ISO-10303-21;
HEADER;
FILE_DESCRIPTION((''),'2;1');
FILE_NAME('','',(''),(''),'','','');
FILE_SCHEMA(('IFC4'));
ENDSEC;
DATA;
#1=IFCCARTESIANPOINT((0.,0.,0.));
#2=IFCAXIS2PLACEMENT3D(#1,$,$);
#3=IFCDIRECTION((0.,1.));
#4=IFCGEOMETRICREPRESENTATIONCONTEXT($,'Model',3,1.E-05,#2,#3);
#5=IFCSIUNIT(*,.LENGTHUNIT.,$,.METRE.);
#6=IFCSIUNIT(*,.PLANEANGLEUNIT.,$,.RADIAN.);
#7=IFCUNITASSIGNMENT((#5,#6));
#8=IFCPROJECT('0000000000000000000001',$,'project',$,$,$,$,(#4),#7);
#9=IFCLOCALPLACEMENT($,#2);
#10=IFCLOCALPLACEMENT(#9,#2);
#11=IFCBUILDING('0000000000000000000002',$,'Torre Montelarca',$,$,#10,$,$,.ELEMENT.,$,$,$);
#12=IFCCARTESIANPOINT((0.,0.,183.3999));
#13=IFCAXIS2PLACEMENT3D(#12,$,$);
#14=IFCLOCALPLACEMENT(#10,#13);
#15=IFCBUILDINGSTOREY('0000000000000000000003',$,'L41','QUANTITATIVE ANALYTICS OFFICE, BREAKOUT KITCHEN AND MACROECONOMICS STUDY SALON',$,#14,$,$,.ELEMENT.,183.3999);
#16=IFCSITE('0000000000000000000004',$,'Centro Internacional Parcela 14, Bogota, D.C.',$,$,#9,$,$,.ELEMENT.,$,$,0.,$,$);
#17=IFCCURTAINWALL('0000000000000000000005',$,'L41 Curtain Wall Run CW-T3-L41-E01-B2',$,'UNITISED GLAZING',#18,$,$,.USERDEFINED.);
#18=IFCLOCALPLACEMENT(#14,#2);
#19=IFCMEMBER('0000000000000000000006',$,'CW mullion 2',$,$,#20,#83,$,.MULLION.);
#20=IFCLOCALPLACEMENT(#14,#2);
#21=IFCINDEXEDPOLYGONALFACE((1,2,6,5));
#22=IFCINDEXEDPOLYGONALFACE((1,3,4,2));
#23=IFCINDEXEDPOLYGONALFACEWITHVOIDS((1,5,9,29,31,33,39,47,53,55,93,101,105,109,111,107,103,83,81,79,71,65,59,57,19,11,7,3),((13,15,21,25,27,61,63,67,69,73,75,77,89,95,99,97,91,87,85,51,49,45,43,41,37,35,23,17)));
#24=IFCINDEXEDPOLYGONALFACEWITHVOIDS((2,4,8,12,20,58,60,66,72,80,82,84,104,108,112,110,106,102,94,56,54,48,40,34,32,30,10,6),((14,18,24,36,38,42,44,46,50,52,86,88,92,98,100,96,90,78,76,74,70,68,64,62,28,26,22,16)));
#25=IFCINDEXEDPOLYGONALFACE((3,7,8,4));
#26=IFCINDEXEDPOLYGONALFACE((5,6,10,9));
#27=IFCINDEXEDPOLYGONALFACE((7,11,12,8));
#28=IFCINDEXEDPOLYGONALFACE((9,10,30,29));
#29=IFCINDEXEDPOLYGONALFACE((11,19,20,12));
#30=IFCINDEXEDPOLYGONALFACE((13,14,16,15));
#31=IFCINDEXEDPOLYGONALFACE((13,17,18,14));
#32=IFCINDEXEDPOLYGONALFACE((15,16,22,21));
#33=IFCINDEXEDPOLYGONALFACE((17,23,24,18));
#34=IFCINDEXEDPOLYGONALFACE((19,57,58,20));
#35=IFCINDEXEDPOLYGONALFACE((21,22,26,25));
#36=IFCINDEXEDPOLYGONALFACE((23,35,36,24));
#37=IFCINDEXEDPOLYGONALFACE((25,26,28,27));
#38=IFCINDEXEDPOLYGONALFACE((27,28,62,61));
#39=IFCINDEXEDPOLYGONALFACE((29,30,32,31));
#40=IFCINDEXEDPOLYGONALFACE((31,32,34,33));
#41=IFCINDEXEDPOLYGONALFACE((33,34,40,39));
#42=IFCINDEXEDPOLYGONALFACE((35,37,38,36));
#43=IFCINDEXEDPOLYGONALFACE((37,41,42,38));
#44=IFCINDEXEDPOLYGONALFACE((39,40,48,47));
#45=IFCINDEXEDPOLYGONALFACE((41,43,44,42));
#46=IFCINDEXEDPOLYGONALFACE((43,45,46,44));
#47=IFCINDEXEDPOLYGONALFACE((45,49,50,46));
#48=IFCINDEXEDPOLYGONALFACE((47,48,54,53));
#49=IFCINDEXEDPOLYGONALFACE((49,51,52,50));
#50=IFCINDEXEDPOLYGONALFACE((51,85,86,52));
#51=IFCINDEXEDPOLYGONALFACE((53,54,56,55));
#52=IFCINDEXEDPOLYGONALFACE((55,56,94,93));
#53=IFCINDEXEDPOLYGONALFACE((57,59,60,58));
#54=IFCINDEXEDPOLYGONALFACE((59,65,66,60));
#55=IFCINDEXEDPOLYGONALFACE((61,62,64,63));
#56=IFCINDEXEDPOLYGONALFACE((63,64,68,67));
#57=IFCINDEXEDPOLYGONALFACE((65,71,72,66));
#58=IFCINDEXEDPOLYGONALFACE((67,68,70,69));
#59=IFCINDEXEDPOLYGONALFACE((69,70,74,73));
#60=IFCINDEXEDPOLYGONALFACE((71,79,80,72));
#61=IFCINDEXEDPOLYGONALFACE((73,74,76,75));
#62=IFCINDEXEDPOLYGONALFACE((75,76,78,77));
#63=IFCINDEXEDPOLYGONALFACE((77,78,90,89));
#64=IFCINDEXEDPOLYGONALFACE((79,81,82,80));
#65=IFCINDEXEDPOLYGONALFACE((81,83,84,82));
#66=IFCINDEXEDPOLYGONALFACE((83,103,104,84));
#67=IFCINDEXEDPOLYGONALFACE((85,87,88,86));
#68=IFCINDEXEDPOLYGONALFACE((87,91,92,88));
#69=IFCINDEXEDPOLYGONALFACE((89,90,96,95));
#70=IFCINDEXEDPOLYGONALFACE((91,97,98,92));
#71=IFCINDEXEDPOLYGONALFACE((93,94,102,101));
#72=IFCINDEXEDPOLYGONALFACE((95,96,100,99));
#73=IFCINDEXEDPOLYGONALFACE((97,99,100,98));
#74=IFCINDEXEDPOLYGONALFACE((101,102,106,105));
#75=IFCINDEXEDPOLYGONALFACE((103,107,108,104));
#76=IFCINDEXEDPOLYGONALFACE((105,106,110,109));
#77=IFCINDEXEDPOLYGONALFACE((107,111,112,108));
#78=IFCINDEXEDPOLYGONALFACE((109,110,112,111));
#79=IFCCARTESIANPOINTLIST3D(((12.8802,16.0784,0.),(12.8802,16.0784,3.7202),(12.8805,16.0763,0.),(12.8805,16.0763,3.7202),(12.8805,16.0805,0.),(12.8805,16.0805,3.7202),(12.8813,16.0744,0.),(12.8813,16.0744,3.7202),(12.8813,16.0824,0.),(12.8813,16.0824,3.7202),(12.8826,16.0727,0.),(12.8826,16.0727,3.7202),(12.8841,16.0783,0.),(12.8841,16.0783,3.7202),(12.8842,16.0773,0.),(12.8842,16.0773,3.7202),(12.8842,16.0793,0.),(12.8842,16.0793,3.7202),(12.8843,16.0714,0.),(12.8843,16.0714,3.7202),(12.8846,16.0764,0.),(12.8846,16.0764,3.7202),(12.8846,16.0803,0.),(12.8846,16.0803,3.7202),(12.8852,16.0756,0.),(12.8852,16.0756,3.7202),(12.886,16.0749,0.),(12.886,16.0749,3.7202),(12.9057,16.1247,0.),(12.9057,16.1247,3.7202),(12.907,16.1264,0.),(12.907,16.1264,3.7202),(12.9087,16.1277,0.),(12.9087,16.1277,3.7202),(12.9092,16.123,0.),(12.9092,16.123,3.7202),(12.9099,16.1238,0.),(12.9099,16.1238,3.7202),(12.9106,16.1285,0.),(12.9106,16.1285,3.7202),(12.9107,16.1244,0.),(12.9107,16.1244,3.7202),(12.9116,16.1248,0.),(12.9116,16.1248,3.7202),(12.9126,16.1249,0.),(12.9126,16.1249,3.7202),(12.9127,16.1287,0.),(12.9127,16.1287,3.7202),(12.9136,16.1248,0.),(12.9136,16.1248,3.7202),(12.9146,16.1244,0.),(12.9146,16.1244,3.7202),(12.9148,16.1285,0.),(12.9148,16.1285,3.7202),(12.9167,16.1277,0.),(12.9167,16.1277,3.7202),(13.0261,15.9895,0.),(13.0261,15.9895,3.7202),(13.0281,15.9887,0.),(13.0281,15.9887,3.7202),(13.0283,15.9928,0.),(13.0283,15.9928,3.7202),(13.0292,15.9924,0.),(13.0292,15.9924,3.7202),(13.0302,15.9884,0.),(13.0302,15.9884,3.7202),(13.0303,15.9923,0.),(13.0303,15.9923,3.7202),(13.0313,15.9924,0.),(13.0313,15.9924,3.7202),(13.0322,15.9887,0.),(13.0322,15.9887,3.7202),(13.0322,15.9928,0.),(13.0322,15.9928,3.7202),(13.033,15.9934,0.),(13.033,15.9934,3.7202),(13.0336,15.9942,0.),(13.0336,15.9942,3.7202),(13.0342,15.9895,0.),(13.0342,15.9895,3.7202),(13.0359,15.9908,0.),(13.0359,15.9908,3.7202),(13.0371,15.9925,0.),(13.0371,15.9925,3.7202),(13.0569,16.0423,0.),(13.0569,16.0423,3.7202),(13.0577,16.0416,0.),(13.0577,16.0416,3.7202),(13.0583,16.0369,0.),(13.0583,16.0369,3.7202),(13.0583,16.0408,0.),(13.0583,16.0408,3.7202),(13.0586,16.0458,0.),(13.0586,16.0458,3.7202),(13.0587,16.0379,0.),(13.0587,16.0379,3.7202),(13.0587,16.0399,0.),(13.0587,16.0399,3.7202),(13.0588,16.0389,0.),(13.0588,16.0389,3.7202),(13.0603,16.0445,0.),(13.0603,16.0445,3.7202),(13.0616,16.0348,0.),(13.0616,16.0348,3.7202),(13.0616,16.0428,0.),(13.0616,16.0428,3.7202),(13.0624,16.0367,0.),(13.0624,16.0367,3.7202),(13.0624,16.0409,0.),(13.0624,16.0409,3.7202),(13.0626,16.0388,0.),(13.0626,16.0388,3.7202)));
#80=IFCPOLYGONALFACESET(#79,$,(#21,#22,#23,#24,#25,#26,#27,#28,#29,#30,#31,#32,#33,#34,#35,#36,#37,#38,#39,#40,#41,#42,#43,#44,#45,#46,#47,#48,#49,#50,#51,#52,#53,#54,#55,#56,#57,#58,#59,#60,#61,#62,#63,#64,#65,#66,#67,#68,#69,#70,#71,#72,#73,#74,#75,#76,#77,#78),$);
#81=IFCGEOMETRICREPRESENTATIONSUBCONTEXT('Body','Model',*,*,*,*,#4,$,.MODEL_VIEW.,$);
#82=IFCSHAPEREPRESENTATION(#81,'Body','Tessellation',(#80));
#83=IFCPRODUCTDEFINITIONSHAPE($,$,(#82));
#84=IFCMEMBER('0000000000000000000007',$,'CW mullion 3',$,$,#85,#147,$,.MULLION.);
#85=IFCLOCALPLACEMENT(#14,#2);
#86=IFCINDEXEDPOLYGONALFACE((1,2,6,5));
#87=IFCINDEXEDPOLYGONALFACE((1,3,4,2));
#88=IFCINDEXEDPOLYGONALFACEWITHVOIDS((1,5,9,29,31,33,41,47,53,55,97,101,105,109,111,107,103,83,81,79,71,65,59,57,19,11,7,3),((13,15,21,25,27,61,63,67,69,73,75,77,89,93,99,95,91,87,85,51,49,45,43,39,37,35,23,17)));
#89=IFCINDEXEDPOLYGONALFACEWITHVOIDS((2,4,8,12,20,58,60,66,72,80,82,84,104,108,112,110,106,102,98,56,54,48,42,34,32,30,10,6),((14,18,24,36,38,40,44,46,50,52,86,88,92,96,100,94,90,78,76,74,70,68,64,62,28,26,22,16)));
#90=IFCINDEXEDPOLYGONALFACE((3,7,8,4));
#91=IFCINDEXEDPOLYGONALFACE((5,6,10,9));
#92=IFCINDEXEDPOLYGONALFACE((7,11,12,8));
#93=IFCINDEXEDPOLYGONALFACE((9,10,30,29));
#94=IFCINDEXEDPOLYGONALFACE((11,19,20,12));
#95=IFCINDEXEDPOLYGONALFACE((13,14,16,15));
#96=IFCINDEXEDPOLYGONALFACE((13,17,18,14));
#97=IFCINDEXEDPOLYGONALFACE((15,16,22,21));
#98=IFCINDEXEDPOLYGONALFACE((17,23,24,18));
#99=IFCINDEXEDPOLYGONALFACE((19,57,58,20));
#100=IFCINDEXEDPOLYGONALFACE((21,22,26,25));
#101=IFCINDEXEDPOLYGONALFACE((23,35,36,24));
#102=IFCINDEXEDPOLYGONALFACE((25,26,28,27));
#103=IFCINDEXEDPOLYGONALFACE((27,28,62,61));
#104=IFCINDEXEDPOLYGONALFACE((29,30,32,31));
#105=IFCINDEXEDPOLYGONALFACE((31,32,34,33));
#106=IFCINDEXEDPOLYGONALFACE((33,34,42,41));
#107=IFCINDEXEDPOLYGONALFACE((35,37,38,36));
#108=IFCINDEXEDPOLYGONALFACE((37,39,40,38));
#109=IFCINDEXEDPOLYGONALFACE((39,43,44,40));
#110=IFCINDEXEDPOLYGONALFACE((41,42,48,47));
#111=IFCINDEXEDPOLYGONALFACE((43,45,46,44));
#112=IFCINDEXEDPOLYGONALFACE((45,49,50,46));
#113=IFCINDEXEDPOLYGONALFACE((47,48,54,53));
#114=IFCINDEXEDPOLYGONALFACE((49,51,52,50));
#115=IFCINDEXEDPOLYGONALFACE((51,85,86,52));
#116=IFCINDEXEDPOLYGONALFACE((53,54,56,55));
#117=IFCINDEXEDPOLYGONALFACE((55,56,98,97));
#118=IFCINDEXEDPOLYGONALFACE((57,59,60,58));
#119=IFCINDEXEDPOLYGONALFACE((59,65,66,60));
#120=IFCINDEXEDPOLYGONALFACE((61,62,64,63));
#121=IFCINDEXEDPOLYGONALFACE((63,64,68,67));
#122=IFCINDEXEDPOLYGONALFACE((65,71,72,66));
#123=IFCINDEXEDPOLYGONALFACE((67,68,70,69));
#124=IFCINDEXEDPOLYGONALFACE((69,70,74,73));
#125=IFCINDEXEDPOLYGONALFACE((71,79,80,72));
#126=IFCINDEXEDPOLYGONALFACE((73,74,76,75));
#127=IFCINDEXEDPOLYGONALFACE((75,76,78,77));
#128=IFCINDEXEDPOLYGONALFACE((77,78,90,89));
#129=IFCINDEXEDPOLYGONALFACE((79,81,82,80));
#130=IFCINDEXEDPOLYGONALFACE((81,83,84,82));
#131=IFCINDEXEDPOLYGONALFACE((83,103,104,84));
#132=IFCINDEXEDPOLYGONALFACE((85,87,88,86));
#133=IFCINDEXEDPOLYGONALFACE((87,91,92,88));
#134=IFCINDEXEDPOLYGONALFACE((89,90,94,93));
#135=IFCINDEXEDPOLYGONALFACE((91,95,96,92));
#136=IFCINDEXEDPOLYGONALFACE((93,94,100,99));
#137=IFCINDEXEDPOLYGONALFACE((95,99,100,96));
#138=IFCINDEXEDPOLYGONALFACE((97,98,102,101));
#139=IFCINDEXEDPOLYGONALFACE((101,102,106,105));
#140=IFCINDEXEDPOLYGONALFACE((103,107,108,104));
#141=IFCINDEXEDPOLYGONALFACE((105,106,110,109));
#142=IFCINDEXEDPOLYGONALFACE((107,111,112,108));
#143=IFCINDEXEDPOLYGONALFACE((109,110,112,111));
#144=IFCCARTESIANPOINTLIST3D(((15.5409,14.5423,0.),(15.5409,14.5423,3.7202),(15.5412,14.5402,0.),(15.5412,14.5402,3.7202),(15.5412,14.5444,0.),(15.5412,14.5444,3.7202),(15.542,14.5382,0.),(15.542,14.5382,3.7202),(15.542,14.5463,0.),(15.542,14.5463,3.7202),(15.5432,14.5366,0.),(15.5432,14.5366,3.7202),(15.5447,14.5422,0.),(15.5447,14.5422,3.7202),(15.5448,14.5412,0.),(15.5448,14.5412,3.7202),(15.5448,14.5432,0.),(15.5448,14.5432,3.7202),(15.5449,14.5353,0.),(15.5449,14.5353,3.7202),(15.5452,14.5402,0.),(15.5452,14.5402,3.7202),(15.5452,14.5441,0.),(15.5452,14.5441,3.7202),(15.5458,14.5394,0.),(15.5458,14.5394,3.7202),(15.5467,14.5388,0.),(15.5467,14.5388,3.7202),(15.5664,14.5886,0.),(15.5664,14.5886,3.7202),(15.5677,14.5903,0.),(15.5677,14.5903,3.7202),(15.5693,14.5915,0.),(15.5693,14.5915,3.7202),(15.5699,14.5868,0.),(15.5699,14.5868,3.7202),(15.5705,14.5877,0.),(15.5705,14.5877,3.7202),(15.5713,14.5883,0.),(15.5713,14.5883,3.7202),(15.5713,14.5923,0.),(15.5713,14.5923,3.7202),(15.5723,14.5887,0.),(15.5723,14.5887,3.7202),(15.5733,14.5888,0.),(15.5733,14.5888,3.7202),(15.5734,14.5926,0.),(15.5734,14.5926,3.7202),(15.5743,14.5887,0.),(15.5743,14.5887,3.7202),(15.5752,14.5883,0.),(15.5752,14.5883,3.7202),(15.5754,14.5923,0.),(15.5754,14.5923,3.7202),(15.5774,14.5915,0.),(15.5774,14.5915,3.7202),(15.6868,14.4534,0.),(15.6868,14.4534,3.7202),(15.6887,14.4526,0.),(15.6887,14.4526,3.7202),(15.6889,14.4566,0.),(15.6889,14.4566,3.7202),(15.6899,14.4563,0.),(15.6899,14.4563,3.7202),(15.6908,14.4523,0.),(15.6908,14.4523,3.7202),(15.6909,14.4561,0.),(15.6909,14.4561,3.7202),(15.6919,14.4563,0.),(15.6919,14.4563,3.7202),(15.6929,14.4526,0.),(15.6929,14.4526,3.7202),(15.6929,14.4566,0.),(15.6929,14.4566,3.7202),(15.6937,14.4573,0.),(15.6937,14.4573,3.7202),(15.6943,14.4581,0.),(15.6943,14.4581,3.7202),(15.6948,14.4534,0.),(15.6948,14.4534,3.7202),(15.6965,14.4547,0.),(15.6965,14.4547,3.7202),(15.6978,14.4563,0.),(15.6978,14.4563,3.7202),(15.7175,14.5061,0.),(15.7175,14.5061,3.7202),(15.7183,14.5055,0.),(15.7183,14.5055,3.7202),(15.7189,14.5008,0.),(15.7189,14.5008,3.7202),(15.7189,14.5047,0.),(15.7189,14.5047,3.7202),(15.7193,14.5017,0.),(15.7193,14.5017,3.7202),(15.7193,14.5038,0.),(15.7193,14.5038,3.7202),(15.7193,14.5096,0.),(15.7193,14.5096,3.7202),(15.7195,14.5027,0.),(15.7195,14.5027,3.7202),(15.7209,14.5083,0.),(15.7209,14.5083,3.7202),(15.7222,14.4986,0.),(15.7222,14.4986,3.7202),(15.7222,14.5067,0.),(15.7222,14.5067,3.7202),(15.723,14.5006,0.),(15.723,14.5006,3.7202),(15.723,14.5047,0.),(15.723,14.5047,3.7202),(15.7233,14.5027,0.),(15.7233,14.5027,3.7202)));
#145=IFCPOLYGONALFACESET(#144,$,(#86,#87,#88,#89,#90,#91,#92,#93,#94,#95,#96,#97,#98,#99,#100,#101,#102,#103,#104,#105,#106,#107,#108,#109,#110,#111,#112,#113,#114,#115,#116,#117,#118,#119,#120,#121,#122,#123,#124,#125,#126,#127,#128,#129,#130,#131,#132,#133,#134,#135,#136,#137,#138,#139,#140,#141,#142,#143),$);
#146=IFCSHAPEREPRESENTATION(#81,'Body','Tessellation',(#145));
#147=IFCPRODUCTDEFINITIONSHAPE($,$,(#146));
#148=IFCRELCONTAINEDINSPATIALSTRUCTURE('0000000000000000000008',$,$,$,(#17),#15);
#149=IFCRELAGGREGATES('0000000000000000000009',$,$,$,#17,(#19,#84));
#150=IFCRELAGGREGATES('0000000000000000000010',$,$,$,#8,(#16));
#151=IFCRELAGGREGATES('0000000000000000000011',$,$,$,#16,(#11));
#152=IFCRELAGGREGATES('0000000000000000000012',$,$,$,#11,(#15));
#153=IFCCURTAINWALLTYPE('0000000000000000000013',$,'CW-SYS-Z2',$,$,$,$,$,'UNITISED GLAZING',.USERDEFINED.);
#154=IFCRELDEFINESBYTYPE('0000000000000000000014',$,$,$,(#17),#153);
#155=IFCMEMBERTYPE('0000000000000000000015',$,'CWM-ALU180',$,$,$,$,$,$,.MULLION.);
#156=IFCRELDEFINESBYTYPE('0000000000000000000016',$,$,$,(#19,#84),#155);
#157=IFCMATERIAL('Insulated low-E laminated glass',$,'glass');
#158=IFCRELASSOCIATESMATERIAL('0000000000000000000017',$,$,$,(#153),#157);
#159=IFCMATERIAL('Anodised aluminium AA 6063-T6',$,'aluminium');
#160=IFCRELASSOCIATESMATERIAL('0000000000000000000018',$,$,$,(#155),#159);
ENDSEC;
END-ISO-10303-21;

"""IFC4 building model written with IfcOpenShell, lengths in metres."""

from ifc_helpers import new_model, si_unit, direction, frame, origin, origin_2d, place, context, subcontext, project, spatial, hollow_rectangle, extrude, source, transform, mapped, material, material_profile, profile_set, type_object, element, aggregate, save


model = new_model("IFC4")

# Units and contexts
model_context = context("Model", 3, precision=1e-05, world=origin(), true_north=direction((0.0, 1.0)))
body_context = subcontext(model_context, "Body", "Model", "MODEL_VIEW")
ifc_project = project(units=[si_unit("LENGTHUNIT", "METRE"), si_unit("PLANEANGLEUNIT", "RADIAN")], contexts=[model_context])

# Site, building, storey
site_placement = place(None, origin())
site = spatial("IfcSite", under=ifc_project, at=site_placement, Name="Centro Internacional Parcela 14, Bogota, D.C.", CompositionType="ELEMENT", RefElevation=0.0)
building_placement = place(site_placement, origin())
building = spatial("IfcBuilding", under=site, at=building_placement, Name="Torre Montelarca", CompositionType="ELEMENT")
storey_placement = place(building_placement, frame((0.0, 0.0, 183.3999)))
storey = spatial("IfcBuildingStorey", under=building, at=storey_placement, Name="L41", Description="QUANTITATIVE ANALYTICS OFFICE, BREAKOUT KITCHEN AND MACROECONOMICS STUDY SALON", CompositionType="ELEMENT", Elevation=183.3999)

# Shared definitions
ifc_material_1 = material(Name="Insulated low-E laminated glass", Category="glass")
curtain_wall_type = type_object("IfcCurtainWallType", Name="CW-SYS-Z2", ElementType="UNITISED GLAZING", PredefinedType="USERDEFINED", material=ifc_material_1)
ifc_material_2 = material(Name="Anodised aluminium AA 6063-T6", Category="aluminium")

# Shared definitions
ifc_material_profile_1 = material_profile(ifc_material_2, hollow_rectangle(XDim=0.0649, YDim=0.1799, WallThickness=0.0039, InnerFilletRadius=0.0039, OuterFilletRadius=0.0081, at=origin_2d()), Name="ALU65X180X4", Category="aluminium")
ifc_profile_set_1 = profile_set([ifc_material_profile_1], Name="Anodised aluminium AA 6063-T6")
member_type_1 = type_object("IfcMemberType", Name="CWM-ALU180", PredefinedType="MULLION", material=ifc_profile_set_1)
shared_shape_1 = source(origin(), body_context, "Body", "SweptSolid", [
    extrude(hollow_rectangle(XDim=0.0649, YDim=0.1799, WallThickness=0.0039, InnerFilletRadius=0.0039, OuterFilletRadius=0.0081, at=origin_2d()), origin(), (0.0, 0.0, 1.0), 3.7202),
])

# Curtain wall, members
curtain_wall_1_placement = place(storey_placement, origin())
curtain_wall_1 = element("IfcCurtainWall", 1, at=curtain_wall_1_placement, inside=storey, type_object=curtain_wall_type, Name="L41 Curtain Wall Run CW-T3-L41-E01-B2", ObjectType="UNITISED GLAZING", PredefinedType="USERDEFINED")
member_1_placement = place(storey_placement, frame((12.9714, 16.0586, 0.0), z_axis=(0.0, 0.0, 1.0), x_axis=(0.499993, 0.86603, 0.0)))
member_1 = element("IfcMember", 2, at=member_1_placement, type_object=member_type_1, Name="CW mullion 2", PredefinedType="MULLION", context=body_context, shape_type="MappedRepresentation", body=[
    mapped(shared_shape_1, transform((0.0, 0.0, 0.0), scale=1.0)),
])
member_2_placement = place(storey_placement, frame((15.6321, 14.5225, 0.0), z_axis=(0.0, 0.0, 1.0), x_axis=(0.499993, 0.86603, 0.0)))
member_2 = element("IfcMember", 3, at=member_2_placement, type_object=member_type_1, Name="CW mullion 3", PredefinedType="MULLION", context=body_context, shape_type="MappedRepresentation", body=[
    mapped(shared_shape_1, transform((0.0, 0.0, 0.0), scale=1.0)),
])

aggregate(curtain_wall_1, [member_1, member_2])

save(model, "model.ifc")
